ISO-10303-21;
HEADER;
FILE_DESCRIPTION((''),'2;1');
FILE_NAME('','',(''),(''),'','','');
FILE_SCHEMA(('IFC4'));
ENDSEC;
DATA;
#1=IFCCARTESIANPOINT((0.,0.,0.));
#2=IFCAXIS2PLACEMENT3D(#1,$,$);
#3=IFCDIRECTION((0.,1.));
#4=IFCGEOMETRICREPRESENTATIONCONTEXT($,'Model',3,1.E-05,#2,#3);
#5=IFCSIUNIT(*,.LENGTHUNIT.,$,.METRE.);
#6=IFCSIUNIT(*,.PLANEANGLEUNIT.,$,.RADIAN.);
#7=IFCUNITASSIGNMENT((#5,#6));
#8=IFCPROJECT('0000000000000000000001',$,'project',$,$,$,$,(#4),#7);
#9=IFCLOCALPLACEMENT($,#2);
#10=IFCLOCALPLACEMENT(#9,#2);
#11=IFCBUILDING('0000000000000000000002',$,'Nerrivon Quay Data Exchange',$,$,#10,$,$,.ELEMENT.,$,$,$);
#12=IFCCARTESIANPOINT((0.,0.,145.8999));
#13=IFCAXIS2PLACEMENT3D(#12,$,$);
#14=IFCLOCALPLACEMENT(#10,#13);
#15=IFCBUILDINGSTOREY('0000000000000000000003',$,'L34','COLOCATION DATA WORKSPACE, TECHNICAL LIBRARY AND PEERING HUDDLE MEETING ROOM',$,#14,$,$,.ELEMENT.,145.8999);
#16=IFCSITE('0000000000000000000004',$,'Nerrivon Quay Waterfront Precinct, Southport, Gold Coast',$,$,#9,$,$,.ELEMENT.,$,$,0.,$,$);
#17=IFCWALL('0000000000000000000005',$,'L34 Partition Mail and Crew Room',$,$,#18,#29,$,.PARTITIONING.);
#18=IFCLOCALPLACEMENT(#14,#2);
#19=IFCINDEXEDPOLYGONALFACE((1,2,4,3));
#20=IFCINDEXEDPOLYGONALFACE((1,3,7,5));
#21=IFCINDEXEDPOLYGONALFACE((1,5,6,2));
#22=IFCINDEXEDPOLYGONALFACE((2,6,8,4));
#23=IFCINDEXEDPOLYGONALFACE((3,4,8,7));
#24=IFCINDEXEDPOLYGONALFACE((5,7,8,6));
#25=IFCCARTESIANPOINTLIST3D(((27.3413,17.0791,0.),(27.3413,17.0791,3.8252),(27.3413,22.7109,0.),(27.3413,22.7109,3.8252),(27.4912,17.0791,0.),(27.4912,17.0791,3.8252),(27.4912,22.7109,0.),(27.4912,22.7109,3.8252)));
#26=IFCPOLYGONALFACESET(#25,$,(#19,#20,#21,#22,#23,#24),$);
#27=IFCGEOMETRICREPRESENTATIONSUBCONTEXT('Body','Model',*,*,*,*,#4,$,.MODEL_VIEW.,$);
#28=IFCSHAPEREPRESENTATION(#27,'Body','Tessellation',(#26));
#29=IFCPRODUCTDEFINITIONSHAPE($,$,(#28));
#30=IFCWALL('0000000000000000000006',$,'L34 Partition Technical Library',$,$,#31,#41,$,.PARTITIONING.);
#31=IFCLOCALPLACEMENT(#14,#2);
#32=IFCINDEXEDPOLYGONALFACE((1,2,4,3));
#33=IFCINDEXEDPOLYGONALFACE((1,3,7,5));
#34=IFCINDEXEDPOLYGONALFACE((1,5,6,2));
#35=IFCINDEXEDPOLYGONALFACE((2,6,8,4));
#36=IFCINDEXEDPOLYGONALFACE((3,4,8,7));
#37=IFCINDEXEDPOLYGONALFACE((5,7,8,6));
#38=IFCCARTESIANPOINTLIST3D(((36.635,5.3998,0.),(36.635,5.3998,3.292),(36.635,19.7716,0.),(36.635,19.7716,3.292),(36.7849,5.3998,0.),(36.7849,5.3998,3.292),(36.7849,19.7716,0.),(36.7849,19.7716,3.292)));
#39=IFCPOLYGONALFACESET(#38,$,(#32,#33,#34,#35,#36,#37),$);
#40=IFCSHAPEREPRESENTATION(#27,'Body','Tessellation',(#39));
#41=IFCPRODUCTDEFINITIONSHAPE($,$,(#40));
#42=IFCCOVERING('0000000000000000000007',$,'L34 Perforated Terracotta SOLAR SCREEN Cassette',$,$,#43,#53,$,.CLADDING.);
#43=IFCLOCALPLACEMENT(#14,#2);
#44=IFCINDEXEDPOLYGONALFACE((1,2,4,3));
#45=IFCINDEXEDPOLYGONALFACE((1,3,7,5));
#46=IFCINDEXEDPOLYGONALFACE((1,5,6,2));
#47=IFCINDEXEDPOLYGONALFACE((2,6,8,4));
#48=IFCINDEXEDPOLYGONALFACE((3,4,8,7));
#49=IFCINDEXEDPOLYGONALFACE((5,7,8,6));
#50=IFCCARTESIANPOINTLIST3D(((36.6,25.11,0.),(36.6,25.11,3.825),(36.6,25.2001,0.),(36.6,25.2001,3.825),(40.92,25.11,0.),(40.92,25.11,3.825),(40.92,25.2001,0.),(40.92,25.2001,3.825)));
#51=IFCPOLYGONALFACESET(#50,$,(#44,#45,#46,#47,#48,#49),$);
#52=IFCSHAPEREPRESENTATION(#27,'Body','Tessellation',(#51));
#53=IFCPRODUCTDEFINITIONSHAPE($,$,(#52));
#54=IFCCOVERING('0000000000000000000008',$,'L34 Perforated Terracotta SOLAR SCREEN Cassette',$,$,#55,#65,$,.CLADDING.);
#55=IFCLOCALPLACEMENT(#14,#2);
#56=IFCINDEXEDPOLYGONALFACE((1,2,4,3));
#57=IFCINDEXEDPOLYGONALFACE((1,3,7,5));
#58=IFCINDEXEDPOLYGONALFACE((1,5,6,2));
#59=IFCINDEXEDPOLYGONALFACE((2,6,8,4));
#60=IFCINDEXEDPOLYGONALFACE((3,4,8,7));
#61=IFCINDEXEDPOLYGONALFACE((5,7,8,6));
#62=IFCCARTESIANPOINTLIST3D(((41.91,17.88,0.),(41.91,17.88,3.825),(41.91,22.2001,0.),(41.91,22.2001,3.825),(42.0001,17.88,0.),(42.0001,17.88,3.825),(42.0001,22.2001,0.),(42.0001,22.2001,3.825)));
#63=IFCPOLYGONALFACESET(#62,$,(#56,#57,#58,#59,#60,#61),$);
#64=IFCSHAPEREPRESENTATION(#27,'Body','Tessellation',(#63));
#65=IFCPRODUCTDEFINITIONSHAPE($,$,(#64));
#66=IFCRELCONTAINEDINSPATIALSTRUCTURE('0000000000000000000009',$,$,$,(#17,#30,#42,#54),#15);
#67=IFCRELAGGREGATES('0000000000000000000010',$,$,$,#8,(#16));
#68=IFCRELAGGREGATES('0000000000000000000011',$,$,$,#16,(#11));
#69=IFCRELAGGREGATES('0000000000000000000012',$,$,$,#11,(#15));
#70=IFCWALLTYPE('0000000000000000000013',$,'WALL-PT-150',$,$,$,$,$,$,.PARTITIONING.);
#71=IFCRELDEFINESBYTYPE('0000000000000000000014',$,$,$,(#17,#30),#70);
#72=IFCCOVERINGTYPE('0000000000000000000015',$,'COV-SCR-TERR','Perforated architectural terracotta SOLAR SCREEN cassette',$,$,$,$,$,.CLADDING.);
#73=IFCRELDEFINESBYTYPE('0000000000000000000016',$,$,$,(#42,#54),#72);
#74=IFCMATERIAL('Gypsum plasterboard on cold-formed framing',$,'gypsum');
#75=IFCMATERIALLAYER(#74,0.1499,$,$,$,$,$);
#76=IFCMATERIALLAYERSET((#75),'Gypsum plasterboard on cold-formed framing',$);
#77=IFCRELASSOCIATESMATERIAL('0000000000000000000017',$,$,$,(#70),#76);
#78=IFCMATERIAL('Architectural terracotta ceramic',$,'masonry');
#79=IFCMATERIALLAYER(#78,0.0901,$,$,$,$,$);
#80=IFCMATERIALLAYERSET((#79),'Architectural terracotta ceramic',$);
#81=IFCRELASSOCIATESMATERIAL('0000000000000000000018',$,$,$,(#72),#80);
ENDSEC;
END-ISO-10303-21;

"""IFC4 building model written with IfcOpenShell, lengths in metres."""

from ifc_helpers import new_model, si_unit, direction, frame, frame_2d, origin, origin_2d, place, context, subcontext, project, spatial, rectangle, extrude, material, layer, layer_set, type_object, element, save


model = new_model("IFC4")

# Units and contexts
model_context = context("Model", 3, precision=1e-05, world=origin(), true_north=direction((0.0, 1.0)))
body_context = subcontext(model_context, "Body", "Model", "MODEL_VIEW")
ifc_project = project(units=[si_unit("LENGTHUNIT", "METRE"), si_unit("PLANEANGLEUNIT", "RADIAN")], contexts=[model_context])

# Site, building, storey
site_placement = place(None, origin())
site = spatial("IfcSite", under=ifc_project, at=site_placement, Name="Nerrivon Quay Waterfront Precinct, Southport, Gold Coast", CompositionType="ELEMENT", RefElevation=0.0)
building_placement = place(site_placement, origin())
building = spatial("IfcBuilding", under=site, at=building_placement, Name="Nerrivon Quay Data Exchange", CompositionType="ELEMENT")
storey_placement = place(building_placement, frame((0.0, 0.0, 145.8999)))
storey = spatial("IfcBuildingStorey", under=building, at=storey_placement, Name="L34", Description="COLOCATION DATA WORKSPACE, TECHNICAL LIBRARY AND PEERING HUDDLE MEETING ROOM", CompositionType="ELEMENT", Elevation=145.8999)

# Shared definitions
ifc_material_1 = material(Name="Gypsum plasterboard on cold-formed framing", Category="gypsum")

# Walls
ifc_layer_1 = layer(ifc_material_1, 0.1499)
ifc_layer_set_1 = layer_set([ifc_layer_1], Name="Gypsum plasterboard on cold-formed framing")
wall_type_1 = type_object("IfcWallType", Name="WALL-PT-150", PredefinedType="PARTITIONING", material=ifc_layer_set_1)
wall_1_placement = place(storey_placement, frame((27.4163, 22.7109, 0.0), z_axis=(0.0, 0.0, 1.0), x_axis=(0.0, -1.0, 0.0)))
element("IfcWall", 1, at=wall_1_placement, inside=storey, type_object=wall_type_1, Name="L34 Partition Mail and Crew Room", PredefinedType="PARTITIONING", context=body_context, shape_type="SweptSolid", body=[
    extrude(rectangle(XDim=5.6318, YDim=0.1499, at=frame_2d((2.8159, 0.0))), origin(), (0.0, 0.0, 1.0), 3.8252),
])
wall_2_placement = place(storey_placement, frame((36.71, 19.7717, 0.0), z_axis=(0.0, 0.0, 1.0), x_axis=(0.0, -1.0, 0.0)))
element("IfcWall", 2, at=wall_2_placement, inside=storey, type_object=wall_type_1, Name="L34 Partition Technical Library", PredefinedType="PARTITIONING", context=body_context, shape_type="SweptSolid", body=[
    extrude(rectangle(XDim=14.3718, YDim=0.1499, at=frame_2d((7.186, 0.0))), origin(), (0.0, 0.0, 1.0), 3.292),
])

# Coverings
ifc_material_2 = material(Name="Architectural terracotta ceramic", Category="masonry")
ifc_layer_2 = layer(ifc_material_2, 0.0901)
ifc_layer_set_2 = layer_set([ifc_layer_2], Name="Architectural terracotta ceramic")
covering_type = type_object("IfcCoveringType", Name="COV-SCR-TERR", Description="Perforated architectural terracotta SOLAR SCREEN cassette", PredefinedType="CLADDING", material=ifc_layer_set_2)
for number, where, z_axis, x_axis, name in (
    (3, (38.76, 25.155, 0.0), (0.0, 0.0, 1.0), (1.0, 0.0, 0.0), "L34 Perforated Terracotta SOLAR SCREEN Cassette"),
    (4, (41.9551, 20.04, 0.0), (0.0, 0.0, 1.0), (0.0, -1.0, 0.0), "L34 Perforated Terracotta SOLAR SCREEN Cassette"),
):
    element("IfcCovering", number, at=place(storey_placement, frame(where, z_axis=z_axis, x_axis=x_axis)), inside=storey, type_object=covering_type, Name=name, PredefinedType="CLADDING", context=body_context, shape_type="SweptSolid", body=[
        extrude(rectangle(XDim=4.3201, YDim=0.0901, at=origin_2d()), origin(), (0.0, 0.0, 1.0), 3.825),
    ])

save(model, "model.ifc")
